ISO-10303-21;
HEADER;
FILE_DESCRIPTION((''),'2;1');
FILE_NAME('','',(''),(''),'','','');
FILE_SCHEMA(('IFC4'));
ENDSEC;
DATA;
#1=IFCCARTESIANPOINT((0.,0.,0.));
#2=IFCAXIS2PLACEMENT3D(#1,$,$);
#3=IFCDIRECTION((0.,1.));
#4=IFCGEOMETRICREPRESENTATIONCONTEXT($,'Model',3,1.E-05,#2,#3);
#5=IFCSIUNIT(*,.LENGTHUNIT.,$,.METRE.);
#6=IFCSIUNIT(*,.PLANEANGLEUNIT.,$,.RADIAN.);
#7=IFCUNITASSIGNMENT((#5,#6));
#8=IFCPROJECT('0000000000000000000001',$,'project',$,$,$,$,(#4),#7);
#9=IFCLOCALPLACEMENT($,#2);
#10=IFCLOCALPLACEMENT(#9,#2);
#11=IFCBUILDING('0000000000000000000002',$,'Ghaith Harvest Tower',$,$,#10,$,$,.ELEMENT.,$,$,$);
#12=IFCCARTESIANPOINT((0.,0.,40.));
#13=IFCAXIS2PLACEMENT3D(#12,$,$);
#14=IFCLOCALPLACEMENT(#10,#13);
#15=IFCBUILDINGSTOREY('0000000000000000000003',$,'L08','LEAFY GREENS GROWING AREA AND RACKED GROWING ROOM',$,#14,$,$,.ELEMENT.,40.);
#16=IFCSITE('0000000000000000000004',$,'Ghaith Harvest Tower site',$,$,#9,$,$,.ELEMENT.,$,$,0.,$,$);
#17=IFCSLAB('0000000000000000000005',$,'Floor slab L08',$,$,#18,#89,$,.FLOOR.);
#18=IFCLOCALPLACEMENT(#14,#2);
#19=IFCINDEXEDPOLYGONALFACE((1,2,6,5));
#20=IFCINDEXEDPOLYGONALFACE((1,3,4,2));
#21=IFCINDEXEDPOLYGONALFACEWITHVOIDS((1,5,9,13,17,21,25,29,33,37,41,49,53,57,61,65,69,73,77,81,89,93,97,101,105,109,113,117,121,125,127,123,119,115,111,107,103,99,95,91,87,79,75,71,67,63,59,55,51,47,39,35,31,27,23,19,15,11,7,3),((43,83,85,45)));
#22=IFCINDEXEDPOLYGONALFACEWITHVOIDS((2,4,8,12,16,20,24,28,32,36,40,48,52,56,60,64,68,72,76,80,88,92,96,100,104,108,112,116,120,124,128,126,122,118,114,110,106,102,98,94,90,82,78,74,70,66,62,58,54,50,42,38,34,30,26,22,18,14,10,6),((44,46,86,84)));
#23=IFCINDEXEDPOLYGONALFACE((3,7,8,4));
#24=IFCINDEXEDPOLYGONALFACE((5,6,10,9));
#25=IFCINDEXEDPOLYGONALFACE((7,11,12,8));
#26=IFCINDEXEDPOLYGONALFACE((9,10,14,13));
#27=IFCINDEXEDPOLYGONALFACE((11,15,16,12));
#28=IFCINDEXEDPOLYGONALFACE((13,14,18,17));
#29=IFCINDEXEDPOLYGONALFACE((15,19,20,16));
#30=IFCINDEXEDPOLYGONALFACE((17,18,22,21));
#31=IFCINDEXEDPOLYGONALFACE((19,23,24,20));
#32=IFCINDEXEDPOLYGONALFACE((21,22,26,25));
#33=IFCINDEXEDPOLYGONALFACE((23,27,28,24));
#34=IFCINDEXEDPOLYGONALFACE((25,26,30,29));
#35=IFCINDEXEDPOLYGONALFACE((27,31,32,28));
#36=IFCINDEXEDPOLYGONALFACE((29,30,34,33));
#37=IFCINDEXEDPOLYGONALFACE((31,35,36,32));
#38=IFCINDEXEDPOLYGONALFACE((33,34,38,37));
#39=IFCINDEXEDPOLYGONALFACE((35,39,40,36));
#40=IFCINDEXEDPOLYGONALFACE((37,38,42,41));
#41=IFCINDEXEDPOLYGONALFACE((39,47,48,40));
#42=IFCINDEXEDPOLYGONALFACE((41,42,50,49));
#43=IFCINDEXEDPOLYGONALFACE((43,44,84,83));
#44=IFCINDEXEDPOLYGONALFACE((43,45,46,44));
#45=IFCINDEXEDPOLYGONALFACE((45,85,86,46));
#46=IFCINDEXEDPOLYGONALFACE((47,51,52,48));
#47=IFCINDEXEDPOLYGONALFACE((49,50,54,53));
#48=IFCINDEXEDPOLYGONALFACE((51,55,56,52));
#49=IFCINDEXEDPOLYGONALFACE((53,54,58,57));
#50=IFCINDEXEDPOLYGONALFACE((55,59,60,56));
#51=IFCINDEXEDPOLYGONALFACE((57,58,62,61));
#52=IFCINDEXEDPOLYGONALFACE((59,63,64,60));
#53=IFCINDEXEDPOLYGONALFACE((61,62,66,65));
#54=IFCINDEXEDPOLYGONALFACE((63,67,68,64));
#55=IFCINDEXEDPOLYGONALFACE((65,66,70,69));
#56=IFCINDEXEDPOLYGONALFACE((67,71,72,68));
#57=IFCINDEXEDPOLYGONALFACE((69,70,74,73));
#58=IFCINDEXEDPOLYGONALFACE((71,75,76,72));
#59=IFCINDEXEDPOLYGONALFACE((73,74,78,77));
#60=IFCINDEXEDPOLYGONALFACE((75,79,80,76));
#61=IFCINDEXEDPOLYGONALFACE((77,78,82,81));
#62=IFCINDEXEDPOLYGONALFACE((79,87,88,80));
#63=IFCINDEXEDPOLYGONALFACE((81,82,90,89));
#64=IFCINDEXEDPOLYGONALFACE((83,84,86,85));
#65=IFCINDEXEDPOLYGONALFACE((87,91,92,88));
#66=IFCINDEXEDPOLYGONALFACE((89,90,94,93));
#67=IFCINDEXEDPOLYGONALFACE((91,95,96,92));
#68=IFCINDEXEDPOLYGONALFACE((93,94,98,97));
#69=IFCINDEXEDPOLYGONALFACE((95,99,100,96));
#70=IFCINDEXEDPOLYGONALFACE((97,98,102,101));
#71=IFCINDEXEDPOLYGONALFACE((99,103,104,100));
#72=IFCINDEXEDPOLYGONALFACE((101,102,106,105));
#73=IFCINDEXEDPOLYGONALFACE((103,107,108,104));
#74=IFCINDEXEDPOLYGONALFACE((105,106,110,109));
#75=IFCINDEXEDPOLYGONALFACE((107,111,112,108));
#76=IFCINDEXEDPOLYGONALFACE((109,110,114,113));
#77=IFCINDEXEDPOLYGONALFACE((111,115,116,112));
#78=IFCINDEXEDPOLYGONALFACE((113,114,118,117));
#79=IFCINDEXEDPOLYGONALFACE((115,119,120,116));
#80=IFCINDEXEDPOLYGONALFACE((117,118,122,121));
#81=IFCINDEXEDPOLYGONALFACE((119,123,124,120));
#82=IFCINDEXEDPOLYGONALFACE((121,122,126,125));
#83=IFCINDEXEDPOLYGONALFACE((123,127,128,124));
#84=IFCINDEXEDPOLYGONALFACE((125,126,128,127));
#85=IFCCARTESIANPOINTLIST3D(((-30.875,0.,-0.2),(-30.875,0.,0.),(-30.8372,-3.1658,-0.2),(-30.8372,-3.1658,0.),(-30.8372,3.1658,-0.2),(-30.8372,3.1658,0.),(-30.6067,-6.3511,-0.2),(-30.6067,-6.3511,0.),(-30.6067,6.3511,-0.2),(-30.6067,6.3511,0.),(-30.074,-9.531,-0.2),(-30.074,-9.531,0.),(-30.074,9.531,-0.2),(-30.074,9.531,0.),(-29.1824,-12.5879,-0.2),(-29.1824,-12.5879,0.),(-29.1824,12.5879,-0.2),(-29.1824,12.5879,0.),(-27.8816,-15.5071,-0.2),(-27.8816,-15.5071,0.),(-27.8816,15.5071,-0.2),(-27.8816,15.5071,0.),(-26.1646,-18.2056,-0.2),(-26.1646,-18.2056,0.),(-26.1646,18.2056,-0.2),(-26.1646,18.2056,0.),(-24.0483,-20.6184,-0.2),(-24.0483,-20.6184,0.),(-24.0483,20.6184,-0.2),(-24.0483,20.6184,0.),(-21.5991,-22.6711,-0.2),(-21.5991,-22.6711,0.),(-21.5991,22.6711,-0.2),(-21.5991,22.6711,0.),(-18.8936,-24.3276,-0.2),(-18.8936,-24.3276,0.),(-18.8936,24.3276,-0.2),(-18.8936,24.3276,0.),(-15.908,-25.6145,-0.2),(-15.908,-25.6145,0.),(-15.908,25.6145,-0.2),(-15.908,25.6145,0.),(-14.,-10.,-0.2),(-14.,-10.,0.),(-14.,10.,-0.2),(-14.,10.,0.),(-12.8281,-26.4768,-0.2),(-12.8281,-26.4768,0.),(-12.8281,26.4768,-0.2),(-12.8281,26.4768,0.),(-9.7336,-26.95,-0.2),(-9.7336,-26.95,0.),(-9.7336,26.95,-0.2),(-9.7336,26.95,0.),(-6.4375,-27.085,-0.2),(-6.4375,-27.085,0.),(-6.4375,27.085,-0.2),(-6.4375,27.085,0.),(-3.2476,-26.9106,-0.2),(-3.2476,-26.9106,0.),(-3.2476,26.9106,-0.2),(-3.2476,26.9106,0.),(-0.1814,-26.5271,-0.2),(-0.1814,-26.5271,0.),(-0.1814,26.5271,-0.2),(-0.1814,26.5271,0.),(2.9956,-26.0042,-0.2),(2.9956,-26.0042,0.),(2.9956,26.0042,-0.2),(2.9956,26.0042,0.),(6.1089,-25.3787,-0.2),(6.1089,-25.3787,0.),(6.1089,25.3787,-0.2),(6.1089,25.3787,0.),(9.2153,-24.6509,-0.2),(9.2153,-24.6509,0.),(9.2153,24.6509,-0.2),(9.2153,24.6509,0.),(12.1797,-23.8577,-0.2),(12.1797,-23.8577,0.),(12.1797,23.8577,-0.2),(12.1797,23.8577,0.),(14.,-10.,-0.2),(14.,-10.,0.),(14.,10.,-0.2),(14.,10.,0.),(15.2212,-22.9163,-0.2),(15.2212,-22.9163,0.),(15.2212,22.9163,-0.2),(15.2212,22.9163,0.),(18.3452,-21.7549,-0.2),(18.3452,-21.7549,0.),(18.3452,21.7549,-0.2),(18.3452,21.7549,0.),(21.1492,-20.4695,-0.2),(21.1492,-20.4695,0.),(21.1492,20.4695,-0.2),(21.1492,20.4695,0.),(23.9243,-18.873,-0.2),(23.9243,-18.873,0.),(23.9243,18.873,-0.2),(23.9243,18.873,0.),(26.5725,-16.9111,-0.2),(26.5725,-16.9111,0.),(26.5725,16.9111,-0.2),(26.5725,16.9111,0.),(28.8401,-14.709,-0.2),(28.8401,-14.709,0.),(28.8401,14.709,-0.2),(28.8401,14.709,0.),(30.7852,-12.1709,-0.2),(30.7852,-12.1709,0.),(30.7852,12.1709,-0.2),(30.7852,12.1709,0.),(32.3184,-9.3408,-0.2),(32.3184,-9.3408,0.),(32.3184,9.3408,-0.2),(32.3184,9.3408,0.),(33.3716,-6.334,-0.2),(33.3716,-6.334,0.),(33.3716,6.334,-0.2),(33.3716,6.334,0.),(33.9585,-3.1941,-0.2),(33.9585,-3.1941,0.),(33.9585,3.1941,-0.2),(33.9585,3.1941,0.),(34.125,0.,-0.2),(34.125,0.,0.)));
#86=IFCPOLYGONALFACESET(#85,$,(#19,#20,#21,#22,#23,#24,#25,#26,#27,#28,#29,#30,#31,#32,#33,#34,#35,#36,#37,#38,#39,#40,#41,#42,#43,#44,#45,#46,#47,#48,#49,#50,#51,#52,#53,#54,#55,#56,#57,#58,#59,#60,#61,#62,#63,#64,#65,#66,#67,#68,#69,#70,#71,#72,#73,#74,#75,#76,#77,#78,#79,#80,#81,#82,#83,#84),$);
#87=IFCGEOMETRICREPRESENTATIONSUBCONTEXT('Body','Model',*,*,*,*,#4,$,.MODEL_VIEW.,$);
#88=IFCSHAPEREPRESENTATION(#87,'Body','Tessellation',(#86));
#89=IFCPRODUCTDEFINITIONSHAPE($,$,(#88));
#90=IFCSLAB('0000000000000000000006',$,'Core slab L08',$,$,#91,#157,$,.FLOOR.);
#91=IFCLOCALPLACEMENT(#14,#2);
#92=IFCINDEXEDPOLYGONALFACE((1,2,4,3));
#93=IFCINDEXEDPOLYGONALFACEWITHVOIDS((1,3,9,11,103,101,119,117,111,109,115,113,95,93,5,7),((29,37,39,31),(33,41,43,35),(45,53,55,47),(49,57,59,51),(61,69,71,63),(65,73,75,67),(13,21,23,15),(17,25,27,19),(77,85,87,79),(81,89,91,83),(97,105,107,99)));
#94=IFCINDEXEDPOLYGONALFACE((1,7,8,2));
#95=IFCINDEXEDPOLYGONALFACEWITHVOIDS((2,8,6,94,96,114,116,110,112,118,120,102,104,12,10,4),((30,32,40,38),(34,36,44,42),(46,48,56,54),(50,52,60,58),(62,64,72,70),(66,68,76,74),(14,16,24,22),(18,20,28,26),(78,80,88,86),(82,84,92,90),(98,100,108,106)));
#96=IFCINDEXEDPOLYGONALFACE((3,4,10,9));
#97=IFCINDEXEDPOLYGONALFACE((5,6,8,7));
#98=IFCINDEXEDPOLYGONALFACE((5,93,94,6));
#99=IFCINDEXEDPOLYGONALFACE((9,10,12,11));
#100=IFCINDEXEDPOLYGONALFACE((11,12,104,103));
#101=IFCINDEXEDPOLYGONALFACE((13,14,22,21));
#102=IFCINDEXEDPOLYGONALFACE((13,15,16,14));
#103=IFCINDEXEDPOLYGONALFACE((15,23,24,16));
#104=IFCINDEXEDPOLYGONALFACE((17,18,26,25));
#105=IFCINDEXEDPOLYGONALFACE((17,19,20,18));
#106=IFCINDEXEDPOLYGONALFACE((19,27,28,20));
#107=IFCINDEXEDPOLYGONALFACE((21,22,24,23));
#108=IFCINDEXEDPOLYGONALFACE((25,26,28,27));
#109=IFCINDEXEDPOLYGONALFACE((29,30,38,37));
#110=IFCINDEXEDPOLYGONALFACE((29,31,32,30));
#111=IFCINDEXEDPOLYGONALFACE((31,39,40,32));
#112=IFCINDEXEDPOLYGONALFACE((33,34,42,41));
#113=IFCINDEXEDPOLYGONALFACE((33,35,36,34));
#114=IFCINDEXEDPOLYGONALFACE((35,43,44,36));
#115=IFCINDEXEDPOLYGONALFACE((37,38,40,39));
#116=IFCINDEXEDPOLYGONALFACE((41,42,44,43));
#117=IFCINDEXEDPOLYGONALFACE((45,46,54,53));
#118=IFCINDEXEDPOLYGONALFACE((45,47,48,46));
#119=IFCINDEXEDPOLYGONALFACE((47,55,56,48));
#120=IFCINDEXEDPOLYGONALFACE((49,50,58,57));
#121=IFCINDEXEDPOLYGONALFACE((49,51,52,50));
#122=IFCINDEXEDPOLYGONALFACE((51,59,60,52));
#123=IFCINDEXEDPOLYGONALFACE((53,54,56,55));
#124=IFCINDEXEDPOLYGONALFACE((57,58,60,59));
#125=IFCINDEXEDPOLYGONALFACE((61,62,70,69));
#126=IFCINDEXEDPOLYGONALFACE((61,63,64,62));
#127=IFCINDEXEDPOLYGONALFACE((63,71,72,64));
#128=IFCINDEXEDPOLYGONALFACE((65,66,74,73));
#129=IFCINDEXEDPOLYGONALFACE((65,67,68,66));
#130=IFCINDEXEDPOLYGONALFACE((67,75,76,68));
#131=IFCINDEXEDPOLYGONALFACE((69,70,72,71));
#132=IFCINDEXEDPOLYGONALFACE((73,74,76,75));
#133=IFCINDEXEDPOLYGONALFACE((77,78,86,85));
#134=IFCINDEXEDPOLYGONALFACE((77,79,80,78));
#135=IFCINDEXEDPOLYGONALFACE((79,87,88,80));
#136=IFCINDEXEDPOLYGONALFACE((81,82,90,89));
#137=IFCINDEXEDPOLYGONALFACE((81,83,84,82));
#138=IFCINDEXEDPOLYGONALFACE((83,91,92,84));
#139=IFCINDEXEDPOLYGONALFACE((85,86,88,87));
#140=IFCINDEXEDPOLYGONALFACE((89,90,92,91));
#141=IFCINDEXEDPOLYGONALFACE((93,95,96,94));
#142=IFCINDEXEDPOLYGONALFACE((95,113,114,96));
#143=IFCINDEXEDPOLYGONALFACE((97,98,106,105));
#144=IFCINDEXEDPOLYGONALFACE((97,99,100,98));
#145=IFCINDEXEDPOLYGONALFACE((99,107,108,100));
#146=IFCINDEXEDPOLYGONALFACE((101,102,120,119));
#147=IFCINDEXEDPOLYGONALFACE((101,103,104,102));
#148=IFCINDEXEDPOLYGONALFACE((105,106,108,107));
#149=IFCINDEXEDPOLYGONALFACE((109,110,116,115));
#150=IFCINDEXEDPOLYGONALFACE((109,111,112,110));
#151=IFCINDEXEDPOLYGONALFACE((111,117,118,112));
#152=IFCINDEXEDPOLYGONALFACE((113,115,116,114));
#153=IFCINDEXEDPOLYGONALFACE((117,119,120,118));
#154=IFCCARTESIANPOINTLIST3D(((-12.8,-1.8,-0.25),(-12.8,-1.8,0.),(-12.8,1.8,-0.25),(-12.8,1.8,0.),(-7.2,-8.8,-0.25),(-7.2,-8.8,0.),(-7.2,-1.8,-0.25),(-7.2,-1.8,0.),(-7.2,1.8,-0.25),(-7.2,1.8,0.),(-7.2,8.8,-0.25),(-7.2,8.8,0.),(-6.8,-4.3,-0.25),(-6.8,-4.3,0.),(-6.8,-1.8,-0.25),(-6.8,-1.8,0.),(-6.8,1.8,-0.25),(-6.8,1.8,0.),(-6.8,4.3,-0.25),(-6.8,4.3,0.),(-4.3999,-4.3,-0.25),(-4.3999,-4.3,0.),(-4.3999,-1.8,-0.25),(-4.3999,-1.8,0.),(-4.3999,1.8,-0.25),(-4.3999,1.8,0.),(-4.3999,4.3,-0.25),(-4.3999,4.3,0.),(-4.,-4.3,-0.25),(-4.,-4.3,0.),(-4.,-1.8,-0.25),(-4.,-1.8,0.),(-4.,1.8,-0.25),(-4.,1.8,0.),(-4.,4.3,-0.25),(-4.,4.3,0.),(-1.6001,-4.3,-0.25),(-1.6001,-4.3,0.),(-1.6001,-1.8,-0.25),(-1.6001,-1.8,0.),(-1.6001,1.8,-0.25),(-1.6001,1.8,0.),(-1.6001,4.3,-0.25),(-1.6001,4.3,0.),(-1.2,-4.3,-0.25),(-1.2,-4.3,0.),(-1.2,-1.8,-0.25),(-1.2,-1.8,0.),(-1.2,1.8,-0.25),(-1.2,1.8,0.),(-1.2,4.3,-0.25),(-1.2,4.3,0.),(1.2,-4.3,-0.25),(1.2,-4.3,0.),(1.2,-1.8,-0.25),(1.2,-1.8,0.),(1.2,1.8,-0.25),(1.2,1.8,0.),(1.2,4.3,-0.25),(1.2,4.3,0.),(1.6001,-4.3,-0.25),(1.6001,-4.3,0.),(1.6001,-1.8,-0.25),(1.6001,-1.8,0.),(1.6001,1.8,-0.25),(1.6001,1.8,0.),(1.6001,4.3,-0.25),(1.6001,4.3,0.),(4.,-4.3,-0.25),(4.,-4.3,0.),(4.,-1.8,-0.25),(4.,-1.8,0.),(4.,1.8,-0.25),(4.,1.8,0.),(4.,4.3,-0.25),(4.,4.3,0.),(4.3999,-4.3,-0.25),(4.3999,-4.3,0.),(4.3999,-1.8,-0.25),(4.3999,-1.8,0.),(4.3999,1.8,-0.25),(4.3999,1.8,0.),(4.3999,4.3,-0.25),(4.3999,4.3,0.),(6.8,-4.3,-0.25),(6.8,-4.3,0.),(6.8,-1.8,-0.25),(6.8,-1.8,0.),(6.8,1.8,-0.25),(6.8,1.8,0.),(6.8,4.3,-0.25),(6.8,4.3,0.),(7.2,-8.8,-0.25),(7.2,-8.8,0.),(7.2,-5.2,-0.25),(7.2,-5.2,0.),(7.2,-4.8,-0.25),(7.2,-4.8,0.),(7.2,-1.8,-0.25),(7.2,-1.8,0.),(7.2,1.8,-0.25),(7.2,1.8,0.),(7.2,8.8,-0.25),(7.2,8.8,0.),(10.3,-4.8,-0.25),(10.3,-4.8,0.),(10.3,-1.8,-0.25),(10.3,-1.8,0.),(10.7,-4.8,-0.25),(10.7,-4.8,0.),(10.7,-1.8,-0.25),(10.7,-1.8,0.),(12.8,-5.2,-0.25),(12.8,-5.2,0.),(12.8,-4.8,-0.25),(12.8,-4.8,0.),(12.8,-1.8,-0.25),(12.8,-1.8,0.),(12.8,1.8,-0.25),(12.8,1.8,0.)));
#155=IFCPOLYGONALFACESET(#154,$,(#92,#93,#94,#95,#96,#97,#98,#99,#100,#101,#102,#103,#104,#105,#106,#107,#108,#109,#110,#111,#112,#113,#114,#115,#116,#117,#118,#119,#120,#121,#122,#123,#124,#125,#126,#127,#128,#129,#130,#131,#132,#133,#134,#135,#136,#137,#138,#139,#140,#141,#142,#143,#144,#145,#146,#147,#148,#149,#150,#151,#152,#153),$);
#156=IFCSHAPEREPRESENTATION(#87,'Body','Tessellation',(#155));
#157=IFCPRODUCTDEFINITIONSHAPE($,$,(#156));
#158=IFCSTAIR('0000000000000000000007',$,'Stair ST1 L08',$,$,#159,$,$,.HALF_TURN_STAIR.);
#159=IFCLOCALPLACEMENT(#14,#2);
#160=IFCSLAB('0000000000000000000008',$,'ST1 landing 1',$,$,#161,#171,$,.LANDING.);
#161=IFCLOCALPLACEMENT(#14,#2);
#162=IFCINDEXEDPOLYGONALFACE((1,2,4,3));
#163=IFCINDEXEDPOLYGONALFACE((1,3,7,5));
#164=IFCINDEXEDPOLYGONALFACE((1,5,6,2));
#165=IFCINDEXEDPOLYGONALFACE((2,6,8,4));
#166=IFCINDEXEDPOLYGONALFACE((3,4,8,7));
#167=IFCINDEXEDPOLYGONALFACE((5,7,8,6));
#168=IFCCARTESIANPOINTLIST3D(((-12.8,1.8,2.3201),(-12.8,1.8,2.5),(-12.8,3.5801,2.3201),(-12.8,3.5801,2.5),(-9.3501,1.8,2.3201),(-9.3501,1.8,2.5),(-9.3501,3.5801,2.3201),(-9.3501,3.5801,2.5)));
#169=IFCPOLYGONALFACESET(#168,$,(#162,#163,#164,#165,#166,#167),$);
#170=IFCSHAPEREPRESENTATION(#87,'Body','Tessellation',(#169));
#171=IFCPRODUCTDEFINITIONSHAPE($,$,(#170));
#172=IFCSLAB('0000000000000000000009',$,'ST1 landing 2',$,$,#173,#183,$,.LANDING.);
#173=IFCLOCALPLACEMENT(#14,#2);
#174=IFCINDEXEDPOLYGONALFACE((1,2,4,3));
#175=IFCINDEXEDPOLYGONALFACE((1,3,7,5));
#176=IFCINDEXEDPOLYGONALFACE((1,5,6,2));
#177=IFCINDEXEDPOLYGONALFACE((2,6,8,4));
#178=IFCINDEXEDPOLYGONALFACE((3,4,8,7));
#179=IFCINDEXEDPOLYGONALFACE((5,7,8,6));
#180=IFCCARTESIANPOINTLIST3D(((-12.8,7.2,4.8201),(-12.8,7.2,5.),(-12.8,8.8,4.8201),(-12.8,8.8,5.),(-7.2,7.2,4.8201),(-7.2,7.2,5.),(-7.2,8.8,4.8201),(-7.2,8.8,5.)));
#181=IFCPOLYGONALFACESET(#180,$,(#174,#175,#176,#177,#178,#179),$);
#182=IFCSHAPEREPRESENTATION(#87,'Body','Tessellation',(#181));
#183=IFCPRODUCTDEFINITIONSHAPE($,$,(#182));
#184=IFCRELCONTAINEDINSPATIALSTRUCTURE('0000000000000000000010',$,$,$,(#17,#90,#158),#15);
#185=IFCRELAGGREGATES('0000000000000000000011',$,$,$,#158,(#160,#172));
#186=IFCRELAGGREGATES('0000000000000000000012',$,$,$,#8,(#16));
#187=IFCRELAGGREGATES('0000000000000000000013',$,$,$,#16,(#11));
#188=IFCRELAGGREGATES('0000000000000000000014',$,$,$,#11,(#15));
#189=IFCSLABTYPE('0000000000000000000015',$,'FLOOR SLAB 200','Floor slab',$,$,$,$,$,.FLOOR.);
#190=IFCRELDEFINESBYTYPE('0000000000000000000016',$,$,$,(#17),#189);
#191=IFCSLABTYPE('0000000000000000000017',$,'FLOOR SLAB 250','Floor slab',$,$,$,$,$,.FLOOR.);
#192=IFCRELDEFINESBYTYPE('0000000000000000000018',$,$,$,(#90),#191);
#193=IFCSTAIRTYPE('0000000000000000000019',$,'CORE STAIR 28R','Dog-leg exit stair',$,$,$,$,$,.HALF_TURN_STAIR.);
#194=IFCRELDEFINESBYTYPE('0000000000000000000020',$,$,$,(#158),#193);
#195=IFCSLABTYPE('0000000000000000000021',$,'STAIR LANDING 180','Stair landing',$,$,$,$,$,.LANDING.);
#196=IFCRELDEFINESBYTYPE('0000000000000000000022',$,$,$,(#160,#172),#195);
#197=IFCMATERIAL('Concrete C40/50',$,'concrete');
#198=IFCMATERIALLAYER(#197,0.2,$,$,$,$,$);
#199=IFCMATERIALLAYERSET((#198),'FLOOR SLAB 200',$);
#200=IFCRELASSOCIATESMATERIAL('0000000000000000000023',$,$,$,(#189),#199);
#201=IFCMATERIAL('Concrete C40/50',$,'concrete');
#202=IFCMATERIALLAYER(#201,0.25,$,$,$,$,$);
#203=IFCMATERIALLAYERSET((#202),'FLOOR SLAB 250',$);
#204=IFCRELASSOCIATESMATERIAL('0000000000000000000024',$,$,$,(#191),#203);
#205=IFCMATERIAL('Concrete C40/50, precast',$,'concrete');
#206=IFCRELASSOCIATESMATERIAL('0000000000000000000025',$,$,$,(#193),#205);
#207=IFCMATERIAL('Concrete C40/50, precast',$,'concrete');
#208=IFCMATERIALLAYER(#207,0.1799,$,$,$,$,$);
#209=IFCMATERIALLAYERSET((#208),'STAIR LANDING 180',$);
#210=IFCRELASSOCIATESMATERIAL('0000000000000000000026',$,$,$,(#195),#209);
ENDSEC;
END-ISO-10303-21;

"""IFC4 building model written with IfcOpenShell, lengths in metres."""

from ifc_helpers import new_model, si_unit, direction, frame, origin, place, context, subcontext, project, spatial, polyline, outline, extrude, material, layer, layer_set, type_object, element, aggregate, save


model = new_model("IFC4")

# Units and contexts
model_context = context("Model", 3, precision=1e-05, world=origin(), true_north=direction((0.0, 1.0)))
body_context = subcontext(model_context, "Body", "Model", "MODEL_VIEW")
ifc_project = project(units=[si_unit("LENGTHUNIT", "METRE"), si_unit("PLANEANGLEUNIT", "RADIAN")], contexts=[model_context])

# Site, building, storey
site_placement = place(None, origin())
site = spatial("IfcSite", under=ifc_project, at=site_placement, Name="Ghaith Harvest Tower site", CompositionType="ELEMENT", RefElevation=0.0)
building_placement = place(site_placement, origin())
building = spatial("IfcBuilding", under=site, at=building_placement, Name="Ghaith Harvest Tower", CompositionType="ELEMENT")
storey_placement = place(building_placement, frame((0.0, 0.0, 40.0)))
storey = spatial("IfcBuildingStorey", under=building, at=storey_placement, Name="L08", Description="LEAFY GREENS GROWING AREA AND RACKED GROWING ROOM", CompositionType="ELEMENT", Elevation=40.0)

# Slabs
ifc_material_1 = material(Name="Concrete C40/50", Category="concrete")
ifc_layer_1 = layer(ifc_material_1, 0.2)
ifc_layer_set_1 = layer_set([ifc_layer_1], Name="FLOOR SLAB 200")
slab_type_1 = type_object("IfcSlabType", Name="FLOOR SLAB 200", Description="Floor slab", PredefinedType="FLOOR", material=ifc_layer_set_1)
slab_1_placement = place(storey_placement, frame((0.0, 0.0, -0.2)))
element("IfcSlab", 1, at=slab_1_placement, inside=storey, type_object=slab_type_1, Name="Floor slab L08", PredefinedType="FLOOR", context=body_context, shape_type="SweptSolid", body=[
    extrude(outline(polyline([(34.125, 0.0), (33.9585, 3.1941), (33.3716, 6.334), (32.3184, 9.3408), (30.7852, 12.1709), (28.8401, 14.709), (26.5725, 16.9111), (23.9243, 18.873), (21.1492, 20.4695), (18.3452, 21.7549), (15.2212, 22.9163), (12.1797, 23.8577), (9.2153, 24.6509), (6.1089, 25.3787), (2.9956, 26.0042), (-0.1814, 26.5271), (-3.2476, 26.9106), (-6.4375, 27.085), (-9.7336, 26.95), (-12.8281, 26.4768), (-15.908, 25.6145), (-18.8936, 24.3276), (-21.5991, 22.6711), (-24.0483, 20.6184), (-26.1646, 18.2056), (-27.8816, 15.5071), (-29.1824, 12.5879), (-30.074, 9.531), (-30.6067, 6.3511), (-30.8372, 3.1658), (-30.875, 0.0), (-30.8372, -3.1658), (-30.6067, -6.3511), (-30.074, -9.531), (-29.1824, -12.5879), (-27.8816, -15.5071), (-26.1646, -18.2056), (-24.0483, -20.6184), (-21.5991, -22.6711), (-18.8936, -24.3276), (-15.908, -25.6145), (-12.8281, -26.4768), (-9.7336, -26.95), (-6.4375, -27.085), (-3.2476, -26.9106), (-0.1814, -26.5271), (2.9956, -26.0042), (6.1089, -25.3787), (9.2153, -24.6509), (12.1797, -23.8577), (15.2212, -22.9163), (18.3452, -21.7549), (21.1492, -20.4695), (23.9243, -18.873), (26.5725, -16.9111), (28.8401, -14.709), (30.7852, -12.1709), (32.3184, -9.3408), (33.3716, -6.334), (33.9585, -3.1941), (34.125, 0.0)]), holes=[polyline([(-14.0, -10.0), (14.0, -10.0), (14.0, 10.0), (-14.0, 10.0), (-14.0, -10.0)])]), origin(), (0.0, 0.0, 1.0), 0.2),
])
ifc_material_2 = material(Name="Concrete C40/50", Category="concrete")
ifc_layer_2 = layer(ifc_material_2, 0.25)
ifc_layer_set_2 = layer_set([ifc_layer_2], Name="FLOOR SLAB 250")
slab_type_2 = type_object("IfcSlabType", Name="FLOOR SLAB 250", Description="Floor slab", PredefinedType="FLOOR", material=ifc_layer_set_2)
slab_2_placement = place(storey_placement, frame((0.0, 0.0, -0.25)))
element("IfcSlab", 2, at=slab_2_placement, inside=storey, type_object=slab_type_2, Name="Core slab L08", PredefinedType="FLOOR", context=body_context, shape_type="SweptSolid", body=[
    extrude(outline(polyline([(-12.8, 1.8), (-7.2, 1.8), (-7.2, 8.8), (7.2, 8.8), (7.2, 1.8), (12.8, 1.8), (12.8, -1.8), (10.7, -1.8), (10.7, -4.8), (12.8, -4.8), (12.8, -5.2), (7.2, -5.2), (7.2, -8.8), (-7.2, -8.8), (-7.2, -1.8), (-12.8, -1.8), (-12.8, 1.8)]), holes=[polyline([(-4.3999, -4.3), (-4.3999, -1.8), (-6.8, -1.8), (-6.8, -4.3), (-4.3999, -4.3)]), polyline([(-1.6001, -4.3), (-1.6001, -1.8), (-4.0, -1.8), (-4.0, -4.3), (-1.6001, -4.3)]), polyline([(1.2, -4.3), (1.2, -1.8), (-1.2, -1.8), (-1.2, -4.3), (1.2, -4.3)]), polyline([(-4.3999, 1.8), (-4.3999, 4.3), (-6.8, 4.3), (-6.8, 1.8), (-4.3999, 1.8)]), polyline([(-1.6001, 1.8), (-1.6001, 4.3), (-4.0, 4.3), (-4.0, 1.8), (-1.6001, 1.8)]), polyline([(1.2, 1.8), (1.2, 4.3), (-1.2, 4.3), (-1.2, 1.8), (1.2, 1.8)]), polyline([(10.3, -4.8), (10.3, -1.8), (7.2, -1.8), (7.2, -4.8), (10.3, -4.8)]), polyline([(4.0, -4.3), (4.0, -1.8), (1.6001, -1.8), (1.6001, -4.3), (4.0, -4.3)]), polyline([(6.8, -4.3), (6.8, -1.8), (4.3999, -1.8), (4.3999, -4.3), (6.8, -4.3)]), polyline([(4.0, 1.8), (4.0, 4.3), (1.6001, 4.3), (1.6001, 1.8), (4.0, 1.8)]), polyline([(6.8, 1.8), (6.8, 4.3), (4.3999, 4.3), (4.3999, 1.8), (6.8, 1.8)])]), origin(), (0.0, 0.0, 1.0), 0.25),
])

# Stair, slabs
ifc_material_3 = material(Name="Concrete C40/50, precast", Category="concrete")
stair_type = type_object("IfcStairType", Name="CORE STAIR 28R", Description="Dog-leg exit stair", PredefinedType="HALF_TURN_STAIR", material=ifc_material_3)
stair_placement = place(storey_placement, origin())
stair = element("IfcStair", 3, at=stair_placement, inside=storey, type_object=stair_type, Name="Stair ST1 L08", PredefinedType="HALF_TURN_STAIR")
ifc_material_4 = material(Name="Concrete C40/50, precast", Category="concrete")
ifc_layer_3 = layer(ifc_material_4, 0.1799)
ifc_layer_set_3 = layer_set([ifc_layer_3], Name="STAIR LANDING 180")
slab_type_3 = type_object("IfcSlabType", Name="STAIR LANDING 180", Description="Stair landing", PredefinedType="LANDING", material=ifc_layer_set_3)
slab_3_placement = place(storey_placement, frame((0.0, 0.0, 2.3201)))
slab_3 = element("IfcSlab", 4, at=slab_3_placement, type_object=slab_type_3, Name="ST1 landing 1", PredefinedType="LANDING", context=body_context, shape_type="SweptSolid", body=[
    extrude(outline(polyline([(-12.8, 3.5801), (-12.8, 1.8), (-9.3501, 1.8), (-9.3501, 3.5801), (-12.8, 3.5801)])), origin(), (0.0, 0.0, 1.0), 0.1799),
])
slab_4_placement = place(storey_placement, frame((0.0, 0.0, 4.8201)))
slab_4 = element("IfcSlab", 5, at=slab_4_placement, type_object=slab_type_3, Name="ST1 landing 2", PredefinedType="LANDING", context=body_context, shape_type="SweptSolid", body=[
    extrude(outline(polyline([(-12.8, 8.8), (-12.8, 7.2), (-7.2, 7.2), (-7.2, 8.8), (-12.8, 8.8)])), origin(), (0.0, 0.0, 1.0), 0.1799),
])
aggregate(stair, [slab_3, slab_4])

save(model, "model.ifc")
